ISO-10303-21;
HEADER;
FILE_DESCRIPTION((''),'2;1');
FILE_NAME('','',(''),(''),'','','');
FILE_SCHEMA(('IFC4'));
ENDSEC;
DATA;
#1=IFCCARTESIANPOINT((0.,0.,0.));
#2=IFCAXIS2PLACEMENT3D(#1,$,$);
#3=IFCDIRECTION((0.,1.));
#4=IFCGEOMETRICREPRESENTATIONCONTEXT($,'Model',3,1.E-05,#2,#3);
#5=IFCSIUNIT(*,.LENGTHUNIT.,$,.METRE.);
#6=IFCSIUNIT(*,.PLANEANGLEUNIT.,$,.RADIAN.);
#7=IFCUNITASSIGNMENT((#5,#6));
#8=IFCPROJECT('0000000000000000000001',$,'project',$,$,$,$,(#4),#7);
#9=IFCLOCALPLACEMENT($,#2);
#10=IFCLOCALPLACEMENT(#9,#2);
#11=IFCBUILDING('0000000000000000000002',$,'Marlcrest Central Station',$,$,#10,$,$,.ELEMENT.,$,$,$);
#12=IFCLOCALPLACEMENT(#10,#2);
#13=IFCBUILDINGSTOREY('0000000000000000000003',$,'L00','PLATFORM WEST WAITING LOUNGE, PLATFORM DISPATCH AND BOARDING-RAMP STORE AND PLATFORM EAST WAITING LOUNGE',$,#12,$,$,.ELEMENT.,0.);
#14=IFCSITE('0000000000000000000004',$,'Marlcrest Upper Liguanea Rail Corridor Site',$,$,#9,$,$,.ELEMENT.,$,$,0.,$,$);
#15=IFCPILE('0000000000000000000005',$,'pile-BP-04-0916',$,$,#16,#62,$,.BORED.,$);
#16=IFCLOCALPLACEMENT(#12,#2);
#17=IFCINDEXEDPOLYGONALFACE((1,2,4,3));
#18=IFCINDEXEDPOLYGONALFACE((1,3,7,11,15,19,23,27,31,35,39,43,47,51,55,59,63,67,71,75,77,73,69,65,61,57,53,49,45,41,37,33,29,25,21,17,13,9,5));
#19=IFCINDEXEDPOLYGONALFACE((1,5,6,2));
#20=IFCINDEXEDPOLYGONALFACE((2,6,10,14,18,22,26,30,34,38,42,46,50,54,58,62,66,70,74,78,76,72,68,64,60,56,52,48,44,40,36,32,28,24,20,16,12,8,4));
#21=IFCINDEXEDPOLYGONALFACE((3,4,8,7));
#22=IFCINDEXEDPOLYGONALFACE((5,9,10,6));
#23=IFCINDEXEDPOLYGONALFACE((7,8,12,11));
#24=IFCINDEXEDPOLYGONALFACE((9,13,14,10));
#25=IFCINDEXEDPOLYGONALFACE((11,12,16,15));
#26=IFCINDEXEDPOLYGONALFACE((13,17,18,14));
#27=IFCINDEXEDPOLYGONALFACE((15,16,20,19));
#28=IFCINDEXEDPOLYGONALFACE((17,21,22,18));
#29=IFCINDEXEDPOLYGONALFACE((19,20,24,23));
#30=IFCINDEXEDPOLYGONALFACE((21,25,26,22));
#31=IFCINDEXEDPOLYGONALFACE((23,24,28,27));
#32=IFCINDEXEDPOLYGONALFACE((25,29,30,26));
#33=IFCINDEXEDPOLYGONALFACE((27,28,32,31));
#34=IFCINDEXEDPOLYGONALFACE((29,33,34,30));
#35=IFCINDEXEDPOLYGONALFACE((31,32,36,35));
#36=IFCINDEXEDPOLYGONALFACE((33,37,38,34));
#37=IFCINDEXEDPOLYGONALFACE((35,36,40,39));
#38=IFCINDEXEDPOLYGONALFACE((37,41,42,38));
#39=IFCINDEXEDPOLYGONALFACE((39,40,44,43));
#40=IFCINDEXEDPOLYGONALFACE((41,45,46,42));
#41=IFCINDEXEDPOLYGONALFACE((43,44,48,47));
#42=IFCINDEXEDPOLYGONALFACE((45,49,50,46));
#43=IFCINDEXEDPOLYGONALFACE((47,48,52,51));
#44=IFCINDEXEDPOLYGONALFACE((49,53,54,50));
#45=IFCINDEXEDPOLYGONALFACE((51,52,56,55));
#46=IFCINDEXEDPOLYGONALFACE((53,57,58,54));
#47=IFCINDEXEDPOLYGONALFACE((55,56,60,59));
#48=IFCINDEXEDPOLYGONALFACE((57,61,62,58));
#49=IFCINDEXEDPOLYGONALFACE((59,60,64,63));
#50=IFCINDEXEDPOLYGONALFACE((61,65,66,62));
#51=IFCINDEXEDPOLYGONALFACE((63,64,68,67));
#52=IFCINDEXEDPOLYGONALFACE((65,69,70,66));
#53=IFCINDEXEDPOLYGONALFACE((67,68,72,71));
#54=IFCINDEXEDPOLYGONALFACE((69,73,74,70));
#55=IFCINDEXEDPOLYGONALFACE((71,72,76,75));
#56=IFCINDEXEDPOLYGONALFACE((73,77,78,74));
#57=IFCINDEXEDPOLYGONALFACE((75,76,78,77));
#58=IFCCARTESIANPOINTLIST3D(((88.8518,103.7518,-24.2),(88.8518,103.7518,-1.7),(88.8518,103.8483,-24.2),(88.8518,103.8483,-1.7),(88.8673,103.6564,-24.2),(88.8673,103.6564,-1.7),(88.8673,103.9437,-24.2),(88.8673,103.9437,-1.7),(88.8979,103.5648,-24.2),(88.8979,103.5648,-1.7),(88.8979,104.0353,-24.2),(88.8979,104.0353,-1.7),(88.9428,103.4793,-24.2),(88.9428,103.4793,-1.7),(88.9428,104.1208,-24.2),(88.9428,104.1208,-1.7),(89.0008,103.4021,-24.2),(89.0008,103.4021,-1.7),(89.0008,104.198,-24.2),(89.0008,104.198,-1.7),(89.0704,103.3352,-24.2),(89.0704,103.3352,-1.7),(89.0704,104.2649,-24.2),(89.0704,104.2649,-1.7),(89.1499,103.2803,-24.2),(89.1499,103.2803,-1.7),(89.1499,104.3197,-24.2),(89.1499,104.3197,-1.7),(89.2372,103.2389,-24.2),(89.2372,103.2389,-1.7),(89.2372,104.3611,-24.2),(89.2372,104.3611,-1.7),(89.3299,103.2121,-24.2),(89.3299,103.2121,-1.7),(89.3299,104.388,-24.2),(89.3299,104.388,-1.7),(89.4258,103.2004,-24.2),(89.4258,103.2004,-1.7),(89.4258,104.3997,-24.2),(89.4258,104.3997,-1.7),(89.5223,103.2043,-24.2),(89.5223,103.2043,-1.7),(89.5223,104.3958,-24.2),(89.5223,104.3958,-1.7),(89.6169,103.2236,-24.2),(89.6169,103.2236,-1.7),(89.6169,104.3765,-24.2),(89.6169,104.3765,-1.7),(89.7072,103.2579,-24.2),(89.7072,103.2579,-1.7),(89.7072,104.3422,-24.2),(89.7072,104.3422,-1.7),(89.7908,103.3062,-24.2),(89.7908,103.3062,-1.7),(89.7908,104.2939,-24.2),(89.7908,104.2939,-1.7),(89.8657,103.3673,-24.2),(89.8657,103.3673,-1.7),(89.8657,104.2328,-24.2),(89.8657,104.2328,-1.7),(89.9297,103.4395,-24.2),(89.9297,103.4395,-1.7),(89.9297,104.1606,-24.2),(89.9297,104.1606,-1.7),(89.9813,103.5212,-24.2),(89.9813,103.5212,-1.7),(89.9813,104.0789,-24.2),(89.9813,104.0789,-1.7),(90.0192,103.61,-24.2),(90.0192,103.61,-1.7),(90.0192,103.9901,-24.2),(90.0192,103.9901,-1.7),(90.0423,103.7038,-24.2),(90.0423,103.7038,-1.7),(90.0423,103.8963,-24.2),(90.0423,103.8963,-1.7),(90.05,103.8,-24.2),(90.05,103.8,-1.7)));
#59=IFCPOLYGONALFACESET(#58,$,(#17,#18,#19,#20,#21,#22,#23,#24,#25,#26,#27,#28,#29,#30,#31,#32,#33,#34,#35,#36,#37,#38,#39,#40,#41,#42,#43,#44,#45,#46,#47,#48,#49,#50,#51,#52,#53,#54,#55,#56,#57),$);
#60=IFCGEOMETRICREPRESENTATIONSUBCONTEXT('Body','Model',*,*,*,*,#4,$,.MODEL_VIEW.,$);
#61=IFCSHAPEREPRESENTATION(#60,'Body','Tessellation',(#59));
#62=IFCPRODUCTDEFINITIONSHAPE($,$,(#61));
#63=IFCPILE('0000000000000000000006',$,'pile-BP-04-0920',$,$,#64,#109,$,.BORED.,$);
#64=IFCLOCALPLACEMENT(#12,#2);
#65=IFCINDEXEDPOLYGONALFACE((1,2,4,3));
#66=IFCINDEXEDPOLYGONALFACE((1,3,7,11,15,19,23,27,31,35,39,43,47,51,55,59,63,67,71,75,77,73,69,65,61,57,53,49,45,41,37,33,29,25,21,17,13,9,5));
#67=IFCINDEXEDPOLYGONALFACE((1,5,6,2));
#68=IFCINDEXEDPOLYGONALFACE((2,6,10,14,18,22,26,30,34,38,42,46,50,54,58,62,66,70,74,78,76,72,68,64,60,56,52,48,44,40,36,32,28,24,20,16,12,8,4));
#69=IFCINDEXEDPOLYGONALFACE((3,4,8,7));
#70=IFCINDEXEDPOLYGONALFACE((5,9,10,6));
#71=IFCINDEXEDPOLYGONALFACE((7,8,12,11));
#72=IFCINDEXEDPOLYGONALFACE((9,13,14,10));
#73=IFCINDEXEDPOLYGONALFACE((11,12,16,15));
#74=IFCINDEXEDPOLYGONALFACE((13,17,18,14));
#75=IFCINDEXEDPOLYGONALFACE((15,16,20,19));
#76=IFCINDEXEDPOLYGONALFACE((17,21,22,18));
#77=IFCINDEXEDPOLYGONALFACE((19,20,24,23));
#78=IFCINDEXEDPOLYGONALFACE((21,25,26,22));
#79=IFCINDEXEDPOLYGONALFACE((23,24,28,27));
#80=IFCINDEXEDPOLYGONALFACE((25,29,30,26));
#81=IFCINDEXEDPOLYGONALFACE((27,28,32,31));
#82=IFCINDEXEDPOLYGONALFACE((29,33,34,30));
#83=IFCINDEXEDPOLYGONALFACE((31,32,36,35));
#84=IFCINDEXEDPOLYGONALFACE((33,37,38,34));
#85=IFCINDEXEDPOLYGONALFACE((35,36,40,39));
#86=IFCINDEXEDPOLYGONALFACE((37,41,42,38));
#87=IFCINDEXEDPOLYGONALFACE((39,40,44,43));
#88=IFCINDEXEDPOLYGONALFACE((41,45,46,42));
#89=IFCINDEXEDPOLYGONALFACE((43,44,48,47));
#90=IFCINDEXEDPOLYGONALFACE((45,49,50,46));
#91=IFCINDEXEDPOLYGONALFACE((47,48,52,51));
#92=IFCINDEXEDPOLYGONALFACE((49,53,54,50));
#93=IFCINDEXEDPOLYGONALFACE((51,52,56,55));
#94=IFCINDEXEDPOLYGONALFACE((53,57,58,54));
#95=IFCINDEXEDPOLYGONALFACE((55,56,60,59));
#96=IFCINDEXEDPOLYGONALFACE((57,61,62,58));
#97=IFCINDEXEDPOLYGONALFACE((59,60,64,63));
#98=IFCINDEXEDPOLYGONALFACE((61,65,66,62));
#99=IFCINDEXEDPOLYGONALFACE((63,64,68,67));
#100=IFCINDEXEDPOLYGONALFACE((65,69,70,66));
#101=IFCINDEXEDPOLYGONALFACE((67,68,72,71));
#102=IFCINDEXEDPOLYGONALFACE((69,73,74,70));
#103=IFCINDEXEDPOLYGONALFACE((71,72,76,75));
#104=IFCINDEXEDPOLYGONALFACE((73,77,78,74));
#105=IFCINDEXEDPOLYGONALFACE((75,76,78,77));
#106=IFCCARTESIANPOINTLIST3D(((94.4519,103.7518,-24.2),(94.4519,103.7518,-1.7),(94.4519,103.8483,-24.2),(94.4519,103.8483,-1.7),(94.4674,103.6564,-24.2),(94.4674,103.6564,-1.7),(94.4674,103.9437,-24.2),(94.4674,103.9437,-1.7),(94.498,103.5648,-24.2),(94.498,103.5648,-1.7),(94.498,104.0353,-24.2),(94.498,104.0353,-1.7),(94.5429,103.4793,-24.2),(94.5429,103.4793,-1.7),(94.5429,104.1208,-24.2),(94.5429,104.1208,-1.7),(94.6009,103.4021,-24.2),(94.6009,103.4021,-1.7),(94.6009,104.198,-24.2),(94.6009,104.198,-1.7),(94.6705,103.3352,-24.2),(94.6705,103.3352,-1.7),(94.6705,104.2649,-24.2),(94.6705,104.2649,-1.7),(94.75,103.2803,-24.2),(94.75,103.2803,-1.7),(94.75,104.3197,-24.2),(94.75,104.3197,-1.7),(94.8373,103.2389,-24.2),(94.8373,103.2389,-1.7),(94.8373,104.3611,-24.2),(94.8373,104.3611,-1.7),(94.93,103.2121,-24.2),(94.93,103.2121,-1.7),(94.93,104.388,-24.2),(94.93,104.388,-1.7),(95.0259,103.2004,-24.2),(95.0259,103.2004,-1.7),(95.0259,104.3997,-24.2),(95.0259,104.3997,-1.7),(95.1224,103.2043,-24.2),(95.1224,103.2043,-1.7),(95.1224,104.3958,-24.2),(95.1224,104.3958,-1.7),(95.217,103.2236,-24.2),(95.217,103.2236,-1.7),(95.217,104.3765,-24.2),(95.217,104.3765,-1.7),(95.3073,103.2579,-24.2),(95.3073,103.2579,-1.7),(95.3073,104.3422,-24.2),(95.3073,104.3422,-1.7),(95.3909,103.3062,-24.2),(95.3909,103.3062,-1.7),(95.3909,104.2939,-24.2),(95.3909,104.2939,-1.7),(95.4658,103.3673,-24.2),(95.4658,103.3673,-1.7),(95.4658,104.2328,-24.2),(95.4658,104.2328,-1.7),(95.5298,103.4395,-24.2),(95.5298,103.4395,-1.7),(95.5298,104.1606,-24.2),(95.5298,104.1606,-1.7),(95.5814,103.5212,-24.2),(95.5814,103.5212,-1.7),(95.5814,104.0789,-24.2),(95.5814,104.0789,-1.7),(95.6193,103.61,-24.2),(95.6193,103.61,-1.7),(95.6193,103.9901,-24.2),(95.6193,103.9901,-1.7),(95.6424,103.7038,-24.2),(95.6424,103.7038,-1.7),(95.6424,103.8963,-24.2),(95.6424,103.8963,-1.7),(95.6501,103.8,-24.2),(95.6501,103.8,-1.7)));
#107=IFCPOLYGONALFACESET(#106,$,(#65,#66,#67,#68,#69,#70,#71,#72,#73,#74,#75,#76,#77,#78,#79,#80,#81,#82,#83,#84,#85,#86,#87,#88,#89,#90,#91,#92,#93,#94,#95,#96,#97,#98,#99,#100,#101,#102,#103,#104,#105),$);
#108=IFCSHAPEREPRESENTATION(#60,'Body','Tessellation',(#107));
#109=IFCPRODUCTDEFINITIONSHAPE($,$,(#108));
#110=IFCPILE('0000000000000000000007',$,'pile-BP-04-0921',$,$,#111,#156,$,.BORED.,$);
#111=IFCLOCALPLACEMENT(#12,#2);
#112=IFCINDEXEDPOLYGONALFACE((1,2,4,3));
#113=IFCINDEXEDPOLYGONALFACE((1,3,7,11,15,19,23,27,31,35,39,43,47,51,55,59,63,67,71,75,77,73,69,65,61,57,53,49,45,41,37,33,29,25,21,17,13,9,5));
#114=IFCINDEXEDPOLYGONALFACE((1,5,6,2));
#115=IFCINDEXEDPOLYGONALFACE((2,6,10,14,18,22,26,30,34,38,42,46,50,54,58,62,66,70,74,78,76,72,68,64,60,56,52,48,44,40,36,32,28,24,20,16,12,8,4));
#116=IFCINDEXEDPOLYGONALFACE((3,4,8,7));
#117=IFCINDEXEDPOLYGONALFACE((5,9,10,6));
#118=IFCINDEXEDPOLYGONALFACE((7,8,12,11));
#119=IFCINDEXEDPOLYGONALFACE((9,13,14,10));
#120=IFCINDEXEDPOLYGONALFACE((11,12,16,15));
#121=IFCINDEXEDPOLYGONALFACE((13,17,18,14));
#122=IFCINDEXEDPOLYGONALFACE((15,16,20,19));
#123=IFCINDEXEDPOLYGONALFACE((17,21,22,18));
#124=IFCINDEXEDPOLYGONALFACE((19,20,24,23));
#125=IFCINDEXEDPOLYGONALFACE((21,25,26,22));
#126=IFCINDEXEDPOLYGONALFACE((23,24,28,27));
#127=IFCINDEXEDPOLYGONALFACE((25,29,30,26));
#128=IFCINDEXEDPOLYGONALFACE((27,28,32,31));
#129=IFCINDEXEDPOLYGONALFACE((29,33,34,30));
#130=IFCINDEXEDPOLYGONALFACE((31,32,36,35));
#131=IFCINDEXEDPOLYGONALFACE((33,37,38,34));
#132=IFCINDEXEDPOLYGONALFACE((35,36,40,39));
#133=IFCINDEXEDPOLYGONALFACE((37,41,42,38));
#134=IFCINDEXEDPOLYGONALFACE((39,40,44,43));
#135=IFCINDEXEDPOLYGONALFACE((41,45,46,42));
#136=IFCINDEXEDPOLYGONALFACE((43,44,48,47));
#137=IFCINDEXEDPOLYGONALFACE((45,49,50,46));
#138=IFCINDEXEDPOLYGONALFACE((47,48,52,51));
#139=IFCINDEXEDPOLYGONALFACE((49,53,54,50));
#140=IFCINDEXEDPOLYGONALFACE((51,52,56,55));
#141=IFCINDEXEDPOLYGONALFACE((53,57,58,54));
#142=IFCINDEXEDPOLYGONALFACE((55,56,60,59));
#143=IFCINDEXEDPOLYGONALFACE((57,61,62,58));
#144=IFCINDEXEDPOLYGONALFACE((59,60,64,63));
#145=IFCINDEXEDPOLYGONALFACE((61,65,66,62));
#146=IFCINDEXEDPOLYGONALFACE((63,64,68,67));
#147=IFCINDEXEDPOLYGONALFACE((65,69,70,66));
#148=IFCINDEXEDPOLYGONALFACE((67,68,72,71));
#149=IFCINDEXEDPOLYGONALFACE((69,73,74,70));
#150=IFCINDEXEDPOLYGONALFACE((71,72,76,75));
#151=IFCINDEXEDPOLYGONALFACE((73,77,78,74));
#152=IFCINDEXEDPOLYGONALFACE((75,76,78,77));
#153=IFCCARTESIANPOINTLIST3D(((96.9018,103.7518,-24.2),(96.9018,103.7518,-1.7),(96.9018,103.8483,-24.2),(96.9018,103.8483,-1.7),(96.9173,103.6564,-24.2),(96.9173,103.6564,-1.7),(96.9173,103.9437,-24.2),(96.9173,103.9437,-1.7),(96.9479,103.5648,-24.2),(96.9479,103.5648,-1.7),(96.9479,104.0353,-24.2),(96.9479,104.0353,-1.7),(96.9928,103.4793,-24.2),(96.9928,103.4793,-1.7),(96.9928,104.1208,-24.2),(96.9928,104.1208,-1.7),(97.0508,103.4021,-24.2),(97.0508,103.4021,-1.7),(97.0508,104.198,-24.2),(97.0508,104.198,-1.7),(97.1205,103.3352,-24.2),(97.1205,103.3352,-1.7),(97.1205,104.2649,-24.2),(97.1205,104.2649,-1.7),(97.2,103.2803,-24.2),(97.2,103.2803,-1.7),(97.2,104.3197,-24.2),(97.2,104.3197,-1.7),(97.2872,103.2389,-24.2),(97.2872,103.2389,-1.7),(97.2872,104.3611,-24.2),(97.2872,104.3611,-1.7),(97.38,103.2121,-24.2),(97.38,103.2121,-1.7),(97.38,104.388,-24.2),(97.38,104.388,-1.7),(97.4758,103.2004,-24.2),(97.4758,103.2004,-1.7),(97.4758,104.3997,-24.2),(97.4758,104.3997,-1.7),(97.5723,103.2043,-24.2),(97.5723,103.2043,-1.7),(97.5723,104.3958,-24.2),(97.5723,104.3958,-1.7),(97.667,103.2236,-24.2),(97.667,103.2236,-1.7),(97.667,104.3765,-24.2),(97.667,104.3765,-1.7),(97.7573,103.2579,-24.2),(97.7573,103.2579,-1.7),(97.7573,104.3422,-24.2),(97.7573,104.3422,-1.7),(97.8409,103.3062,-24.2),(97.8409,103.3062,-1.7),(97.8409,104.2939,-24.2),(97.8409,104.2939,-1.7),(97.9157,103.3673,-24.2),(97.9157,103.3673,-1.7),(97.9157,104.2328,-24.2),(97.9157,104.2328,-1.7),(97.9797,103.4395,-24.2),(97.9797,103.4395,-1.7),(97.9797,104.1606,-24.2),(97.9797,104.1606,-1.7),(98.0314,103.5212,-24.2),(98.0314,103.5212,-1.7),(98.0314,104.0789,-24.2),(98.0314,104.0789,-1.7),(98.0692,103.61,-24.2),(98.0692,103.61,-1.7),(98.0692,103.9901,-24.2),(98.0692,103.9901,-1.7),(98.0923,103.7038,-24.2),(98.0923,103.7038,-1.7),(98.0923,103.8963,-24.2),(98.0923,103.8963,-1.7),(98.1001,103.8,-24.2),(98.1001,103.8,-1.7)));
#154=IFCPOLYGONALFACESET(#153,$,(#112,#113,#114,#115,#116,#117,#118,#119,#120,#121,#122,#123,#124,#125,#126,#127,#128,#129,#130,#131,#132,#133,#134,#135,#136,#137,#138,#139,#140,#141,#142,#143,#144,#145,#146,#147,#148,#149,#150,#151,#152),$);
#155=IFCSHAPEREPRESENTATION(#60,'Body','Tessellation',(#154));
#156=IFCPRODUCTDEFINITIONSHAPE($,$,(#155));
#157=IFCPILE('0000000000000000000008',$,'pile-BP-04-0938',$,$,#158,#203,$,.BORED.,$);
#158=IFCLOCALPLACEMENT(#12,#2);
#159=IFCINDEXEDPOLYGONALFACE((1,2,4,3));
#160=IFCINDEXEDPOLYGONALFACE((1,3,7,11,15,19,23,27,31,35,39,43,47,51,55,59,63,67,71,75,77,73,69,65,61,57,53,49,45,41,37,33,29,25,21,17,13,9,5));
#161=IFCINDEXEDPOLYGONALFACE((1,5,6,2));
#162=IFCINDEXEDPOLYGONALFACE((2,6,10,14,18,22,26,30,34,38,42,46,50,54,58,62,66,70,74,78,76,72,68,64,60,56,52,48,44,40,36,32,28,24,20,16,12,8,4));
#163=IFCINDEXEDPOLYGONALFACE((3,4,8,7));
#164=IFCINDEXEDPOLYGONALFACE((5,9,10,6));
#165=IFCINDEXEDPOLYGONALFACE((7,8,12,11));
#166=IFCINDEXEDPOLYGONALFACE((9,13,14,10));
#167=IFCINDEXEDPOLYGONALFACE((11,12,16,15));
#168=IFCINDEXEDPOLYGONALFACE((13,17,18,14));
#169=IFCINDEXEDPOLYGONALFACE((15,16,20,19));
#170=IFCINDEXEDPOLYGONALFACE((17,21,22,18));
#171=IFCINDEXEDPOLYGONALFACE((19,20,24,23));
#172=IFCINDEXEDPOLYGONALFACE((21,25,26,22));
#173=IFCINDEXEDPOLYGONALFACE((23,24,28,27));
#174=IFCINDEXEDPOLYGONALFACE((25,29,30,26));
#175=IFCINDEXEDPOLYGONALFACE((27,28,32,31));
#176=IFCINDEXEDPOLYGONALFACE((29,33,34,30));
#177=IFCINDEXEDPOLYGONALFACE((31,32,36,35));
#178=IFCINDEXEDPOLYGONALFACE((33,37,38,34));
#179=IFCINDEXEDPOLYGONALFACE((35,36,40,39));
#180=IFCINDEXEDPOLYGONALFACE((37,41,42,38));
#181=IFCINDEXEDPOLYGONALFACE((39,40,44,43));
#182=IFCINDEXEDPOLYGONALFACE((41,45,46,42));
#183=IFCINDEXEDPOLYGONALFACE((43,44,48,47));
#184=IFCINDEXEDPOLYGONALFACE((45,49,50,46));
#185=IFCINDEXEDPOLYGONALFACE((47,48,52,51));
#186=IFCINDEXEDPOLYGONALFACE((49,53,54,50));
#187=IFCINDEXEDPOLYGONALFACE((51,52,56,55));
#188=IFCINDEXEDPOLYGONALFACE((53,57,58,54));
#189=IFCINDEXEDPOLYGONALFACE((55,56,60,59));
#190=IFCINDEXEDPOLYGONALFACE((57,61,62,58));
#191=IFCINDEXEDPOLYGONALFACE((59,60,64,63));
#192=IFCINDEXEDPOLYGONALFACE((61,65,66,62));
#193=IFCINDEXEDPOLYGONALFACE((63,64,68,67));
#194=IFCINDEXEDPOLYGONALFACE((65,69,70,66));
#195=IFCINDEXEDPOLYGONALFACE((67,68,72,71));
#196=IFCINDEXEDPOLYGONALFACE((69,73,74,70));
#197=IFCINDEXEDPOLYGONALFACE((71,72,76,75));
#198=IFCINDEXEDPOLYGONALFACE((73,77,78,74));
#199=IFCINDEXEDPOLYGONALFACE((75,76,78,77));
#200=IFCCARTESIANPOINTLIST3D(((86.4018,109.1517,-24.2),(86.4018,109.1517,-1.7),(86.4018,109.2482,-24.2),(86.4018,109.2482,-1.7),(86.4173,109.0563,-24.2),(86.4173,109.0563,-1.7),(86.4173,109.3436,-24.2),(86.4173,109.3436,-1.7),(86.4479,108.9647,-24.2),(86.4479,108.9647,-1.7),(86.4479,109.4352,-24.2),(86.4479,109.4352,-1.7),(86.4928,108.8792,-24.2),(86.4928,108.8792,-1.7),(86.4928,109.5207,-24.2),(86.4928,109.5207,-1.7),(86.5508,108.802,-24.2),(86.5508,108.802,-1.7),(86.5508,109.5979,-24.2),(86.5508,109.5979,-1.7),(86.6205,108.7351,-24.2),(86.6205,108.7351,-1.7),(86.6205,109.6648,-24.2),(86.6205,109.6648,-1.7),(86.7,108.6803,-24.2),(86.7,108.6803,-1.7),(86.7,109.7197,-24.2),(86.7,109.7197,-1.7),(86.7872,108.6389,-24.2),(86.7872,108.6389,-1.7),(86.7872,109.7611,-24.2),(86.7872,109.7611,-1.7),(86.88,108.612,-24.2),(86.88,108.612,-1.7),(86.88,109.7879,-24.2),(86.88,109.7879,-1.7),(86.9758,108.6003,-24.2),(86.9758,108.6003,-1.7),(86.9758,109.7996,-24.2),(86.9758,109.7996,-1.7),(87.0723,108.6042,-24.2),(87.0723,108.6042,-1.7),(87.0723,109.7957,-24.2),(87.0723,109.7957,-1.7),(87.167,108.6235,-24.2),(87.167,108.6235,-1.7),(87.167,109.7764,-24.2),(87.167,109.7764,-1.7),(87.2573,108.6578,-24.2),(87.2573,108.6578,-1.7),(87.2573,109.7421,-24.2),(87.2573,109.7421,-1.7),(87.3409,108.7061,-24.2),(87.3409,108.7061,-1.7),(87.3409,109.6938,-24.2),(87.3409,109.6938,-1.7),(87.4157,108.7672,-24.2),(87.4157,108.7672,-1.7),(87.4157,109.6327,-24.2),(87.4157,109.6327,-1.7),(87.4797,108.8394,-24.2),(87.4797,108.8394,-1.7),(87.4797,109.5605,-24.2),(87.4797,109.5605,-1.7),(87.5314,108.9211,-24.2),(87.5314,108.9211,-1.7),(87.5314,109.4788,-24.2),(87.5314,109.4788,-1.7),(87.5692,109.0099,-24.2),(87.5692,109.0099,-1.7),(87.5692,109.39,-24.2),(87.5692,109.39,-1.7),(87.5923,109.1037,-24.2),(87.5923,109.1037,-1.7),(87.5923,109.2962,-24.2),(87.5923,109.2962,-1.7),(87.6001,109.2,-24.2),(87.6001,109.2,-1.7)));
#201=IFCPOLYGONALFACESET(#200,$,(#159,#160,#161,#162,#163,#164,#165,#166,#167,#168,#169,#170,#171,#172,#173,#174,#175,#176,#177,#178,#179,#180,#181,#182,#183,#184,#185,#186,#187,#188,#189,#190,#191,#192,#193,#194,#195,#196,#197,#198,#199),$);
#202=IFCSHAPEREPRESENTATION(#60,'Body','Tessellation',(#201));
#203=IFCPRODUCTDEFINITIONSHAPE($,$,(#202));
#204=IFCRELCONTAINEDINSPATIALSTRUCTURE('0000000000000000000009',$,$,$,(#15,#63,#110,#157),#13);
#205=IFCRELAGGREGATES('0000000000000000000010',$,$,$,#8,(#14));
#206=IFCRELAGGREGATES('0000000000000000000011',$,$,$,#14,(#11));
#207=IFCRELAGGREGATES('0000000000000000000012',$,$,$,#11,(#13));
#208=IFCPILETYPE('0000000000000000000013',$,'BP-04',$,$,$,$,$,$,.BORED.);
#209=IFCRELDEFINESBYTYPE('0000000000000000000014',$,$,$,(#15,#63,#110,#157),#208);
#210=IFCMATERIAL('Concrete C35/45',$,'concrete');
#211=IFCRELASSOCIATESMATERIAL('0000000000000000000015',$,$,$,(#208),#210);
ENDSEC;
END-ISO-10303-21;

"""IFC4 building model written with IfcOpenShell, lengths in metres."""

from ifc_helpers import new_model, si_unit, direction, frame, origin, origin_2d, place, context, subcontext, project, spatial, circle, extrude, material, material_profile, profile_set, type_object, element, save


model = new_model("IFC4")

# Units and contexts
model_context = context("Model", 3, precision=1e-05, world=origin(), true_north=direction((0.0, 1.0)))
body_context = subcontext(model_context, "Body", "Model", "MODEL_VIEW")
ifc_project = project(units=[si_unit("LENGTHUNIT", "METRE"), si_unit("PLANEANGLEUNIT", "RADIAN")], contexts=[model_context])

# Site, building, storey
site_placement = place(None, origin())
site = spatial("IfcSite", under=ifc_project, at=site_placement, Name="Marlcrest Upper Liguanea Rail Corridor Site", CompositionType="ELEMENT", RefElevation=0.0)
building_placement = place(site_placement, origin())
building = spatial("IfcBuilding", under=site, at=building_placement, Name="Marlcrest Central Station", CompositionType="ELEMENT")
storey_placement = place(building_placement, origin())
storey = spatial("IfcBuildingStorey", under=building, at=storey_placement, Name="L00", Description="PLATFORM WEST WAITING LOUNGE, PLATFORM DISPATCH AND BOARDING-RAMP STORE AND PLATFORM EAST WAITING LOUNGE", CompositionType="ELEMENT", Elevation=0.0)

# Piles
ifc_material_1 = material(Name="Concrete C35/45", Category="concrete")
ifc_material_profile_1 = material_profile(ifc_material_1, circle(Radius=0.6001, at=origin_2d()), Name="PILE D1200")
ifc_profile_set_1 = profile_set([ifc_material_profile_1], Name="Concrete C35/45")
pile_type_1 = type_object("IfcPileType", Name="BP-04", PredefinedType="BORED", material=ifc_profile_set_1)
for number, where, z_axis, x_axis, name in (
    (1, (89.45, 103.8, -1.7), (0.0, 0.0, -1.0), (1.0, 0.0, 0.0), "pile-BP-04-0916"),
    (2, (95.05, 103.8, -1.7), (0.0, 0.0, -1.0), (1.0, 0.0, 0.0), "pile-BP-04-0920"),
    (3, (97.5, 103.8, -1.7), (0.0, 0.0, -1.0), (1.0, 0.0, 0.0), "pile-BP-04-0921"),
    (4, (87.0, 109.2, -1.7), (0.0, 0.0, -1.0), (1.0, 0.0, 0.0), "pile-BP-04-0938"),
):
    element("IfcPile", number, at=place(storey_placement, frame(where, z_axis=z_axis, x_axis=x_axis)), inside=storey, type_object=pile_type_1, Name=name, PredefinedType="BORED", context=body_context, shape_type="SweptSolid", body=[
        extrude(circle(Radius=0.6001, at=origin_2d()), origin(), (0.0, 0.0, 1.0), 22.5),
    ])

save(model, "model.ifc")
